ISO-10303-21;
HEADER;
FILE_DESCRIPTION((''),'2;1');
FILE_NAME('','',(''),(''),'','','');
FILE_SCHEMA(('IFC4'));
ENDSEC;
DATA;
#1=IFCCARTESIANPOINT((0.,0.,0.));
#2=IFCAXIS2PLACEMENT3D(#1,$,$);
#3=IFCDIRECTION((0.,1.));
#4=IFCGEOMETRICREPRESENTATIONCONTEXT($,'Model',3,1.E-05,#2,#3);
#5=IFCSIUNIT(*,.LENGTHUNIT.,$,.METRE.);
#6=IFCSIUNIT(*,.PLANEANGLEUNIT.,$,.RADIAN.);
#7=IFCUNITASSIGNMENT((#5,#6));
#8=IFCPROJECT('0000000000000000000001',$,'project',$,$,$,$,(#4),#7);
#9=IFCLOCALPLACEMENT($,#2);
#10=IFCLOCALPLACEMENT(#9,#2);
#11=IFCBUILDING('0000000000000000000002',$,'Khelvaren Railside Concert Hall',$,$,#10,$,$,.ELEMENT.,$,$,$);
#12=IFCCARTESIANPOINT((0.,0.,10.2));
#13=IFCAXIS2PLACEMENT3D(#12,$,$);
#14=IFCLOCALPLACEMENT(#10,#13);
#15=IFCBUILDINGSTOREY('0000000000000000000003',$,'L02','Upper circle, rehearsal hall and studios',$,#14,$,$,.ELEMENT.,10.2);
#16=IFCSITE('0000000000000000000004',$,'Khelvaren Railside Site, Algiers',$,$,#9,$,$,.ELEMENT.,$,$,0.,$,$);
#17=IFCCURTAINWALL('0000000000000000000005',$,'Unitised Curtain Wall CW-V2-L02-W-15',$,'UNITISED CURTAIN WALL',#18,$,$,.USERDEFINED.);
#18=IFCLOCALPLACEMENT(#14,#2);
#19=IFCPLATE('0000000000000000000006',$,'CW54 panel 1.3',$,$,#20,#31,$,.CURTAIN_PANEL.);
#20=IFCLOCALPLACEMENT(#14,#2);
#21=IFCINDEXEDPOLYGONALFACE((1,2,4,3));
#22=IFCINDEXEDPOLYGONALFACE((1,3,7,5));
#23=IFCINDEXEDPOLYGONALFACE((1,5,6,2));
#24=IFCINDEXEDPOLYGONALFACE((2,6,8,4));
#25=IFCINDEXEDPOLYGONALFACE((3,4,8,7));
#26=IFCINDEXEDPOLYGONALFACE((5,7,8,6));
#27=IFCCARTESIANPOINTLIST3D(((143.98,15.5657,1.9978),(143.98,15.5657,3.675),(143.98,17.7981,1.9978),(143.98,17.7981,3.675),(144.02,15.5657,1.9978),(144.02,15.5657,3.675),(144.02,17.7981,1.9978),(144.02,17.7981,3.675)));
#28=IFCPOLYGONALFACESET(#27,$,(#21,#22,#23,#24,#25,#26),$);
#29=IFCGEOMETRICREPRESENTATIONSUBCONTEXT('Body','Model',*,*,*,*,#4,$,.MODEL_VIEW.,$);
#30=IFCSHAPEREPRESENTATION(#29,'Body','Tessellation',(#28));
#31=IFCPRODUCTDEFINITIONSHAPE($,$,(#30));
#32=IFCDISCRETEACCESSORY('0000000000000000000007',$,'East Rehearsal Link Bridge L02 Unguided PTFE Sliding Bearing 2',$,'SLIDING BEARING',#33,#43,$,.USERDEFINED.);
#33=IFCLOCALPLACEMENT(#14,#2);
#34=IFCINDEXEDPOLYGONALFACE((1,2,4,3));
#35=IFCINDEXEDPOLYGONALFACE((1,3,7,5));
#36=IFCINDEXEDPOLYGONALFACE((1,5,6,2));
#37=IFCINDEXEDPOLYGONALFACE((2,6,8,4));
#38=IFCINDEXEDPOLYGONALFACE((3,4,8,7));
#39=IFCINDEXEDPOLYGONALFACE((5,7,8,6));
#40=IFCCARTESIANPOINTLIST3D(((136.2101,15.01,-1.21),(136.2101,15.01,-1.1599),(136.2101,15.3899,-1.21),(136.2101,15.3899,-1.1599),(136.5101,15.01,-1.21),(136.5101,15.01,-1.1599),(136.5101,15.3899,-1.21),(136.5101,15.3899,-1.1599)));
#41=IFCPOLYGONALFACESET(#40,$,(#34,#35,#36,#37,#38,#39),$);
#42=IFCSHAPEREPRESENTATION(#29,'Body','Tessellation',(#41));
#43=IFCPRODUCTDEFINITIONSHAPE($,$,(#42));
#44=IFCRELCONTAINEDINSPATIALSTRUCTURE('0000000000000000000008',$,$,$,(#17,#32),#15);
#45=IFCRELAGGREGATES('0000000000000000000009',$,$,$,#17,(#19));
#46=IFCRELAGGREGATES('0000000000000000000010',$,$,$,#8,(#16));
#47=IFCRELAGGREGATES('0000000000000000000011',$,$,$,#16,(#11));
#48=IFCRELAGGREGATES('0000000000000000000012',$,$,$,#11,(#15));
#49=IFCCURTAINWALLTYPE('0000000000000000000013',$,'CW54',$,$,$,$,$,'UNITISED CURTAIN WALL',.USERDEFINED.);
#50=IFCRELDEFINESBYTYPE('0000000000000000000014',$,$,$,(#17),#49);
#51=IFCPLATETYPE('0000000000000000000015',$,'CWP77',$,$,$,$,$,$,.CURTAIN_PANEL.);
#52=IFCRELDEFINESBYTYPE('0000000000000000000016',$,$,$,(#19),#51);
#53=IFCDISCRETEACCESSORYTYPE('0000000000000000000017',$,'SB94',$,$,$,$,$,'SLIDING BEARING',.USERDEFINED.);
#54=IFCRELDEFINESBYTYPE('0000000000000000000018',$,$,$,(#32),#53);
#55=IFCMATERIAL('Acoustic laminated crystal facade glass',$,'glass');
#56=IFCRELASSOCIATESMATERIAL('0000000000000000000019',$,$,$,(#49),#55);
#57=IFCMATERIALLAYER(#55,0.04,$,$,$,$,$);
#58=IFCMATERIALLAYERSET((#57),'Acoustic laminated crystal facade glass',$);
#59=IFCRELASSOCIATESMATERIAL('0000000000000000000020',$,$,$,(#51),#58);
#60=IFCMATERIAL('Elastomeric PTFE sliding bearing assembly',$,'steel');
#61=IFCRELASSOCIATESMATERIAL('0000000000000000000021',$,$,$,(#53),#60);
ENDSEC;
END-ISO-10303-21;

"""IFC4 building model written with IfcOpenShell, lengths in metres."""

from ifc_helpers import new_model, si_unit, direction, frame, origin, origin_2d, place, context, subcontext, project, spatial, rectangle, extrude, material, layer, layer_set, type_object, element, aggregate, save


model = new_model("IFC4")

# Units and contexts
model_context = context("Model", 3, precision=1e-05, world=origin(), true_north=direction((0.0, 1.0)))
body_context = subcontext(model_context, "Body", "Model", "MODEL_VIEW")
ifc_project = project(units=[si_unit("LENGTHUNIT", "METRE"), si_unit("PLANEANGLEUNIT", "RADIAN")], contexts=[model_context])

# Site, building, storey
site_placement = place(None, origin())
site = spatial("IfcSite", under=ifc_project, at=site_placement, Name="Khelvaren Railside Site, Algiers", CompositionType="ELEMENT", RefElevation=0.0)
building_placement = place(site_placement, origin())
building = spatial("IfcBuilding", under=site, at=building_placement, Name="Khelvaren Railside Concert Hall", CompositionType="ELEMENT")
storey_placement = place(building_placement, frame((0.0, 0.0, 10.2)))
storey = spatial("IfcBuildingStorey", under=building, at=storey_placement, Name="L02", Description="Upper circle, rehearsal hall and studios", CompositionType="ELEMENT", Elevation=10.2)

# Curtain wall
ifc_material_1 = material(Name="Acoustic laminated crystal facade glass", Category="glass")
curtain_wall_type_1 = type_object("IfcCurtainWallType", Name="CW54", ElementType="UNITISED CURTAIN WALL", PredefinedType="USERDEFINED", material=ifc_material_1)
curtain_wall_1_placement = place(storey_placement, origin())
curtain_wall_1 = element("IfcCurtainWall", 1, at=curtain_wall_1_placement, inside=storey, type_object=curtain_wall_type_1, Name="Unitised Curtain Wall CW-V2-L02-W-15", ObjectType="UNITISED CURTAIN WALL", PredefinedType="USERDEFINED")

# Plate
ifc_layer_1 = layer(ifc_material_1, 0.04)
ifc_layer_set_1 = layer_set([ifc_layer_1], Name="Acoustic laminated crystal facade glass")
plate_type_1 = type_object("IfcPlateType", Name="CWP77", PredefinedType="CURTAIN_PANEL", material=ifc_layer_set_1)
plate_1_placement = place(storey_placement, frame((144.0, 16.6819, 1.9978), z_axis=(0.0, 0.0, 1.0), x_axis=(0.0, 1.0, 0.0)))
plate_1 = element("IfcPlate", 2, at=plate_1_placement, type_object=plate_type_1, Name="CW54 panel 1.3", PredefinedType="CURTAIN_PANEL", context=body_context, shape_type="SweptSolid", body=[
    extrude(rectangle(XDim=2.2324, YDim=0.04, at=origin_2d()), origin(), (0.0, 0.0, 1.0), 1.6772),
])
aggregate(curtain_wall_1, [plate_1])

# Discrete accessory
ifc_material_2 = material(Name="Elastomeric PTFE sliding bearing assembly", Category="steel")
discrete_accessory_type = type_object("IfcDiscreteAccessoryType", Name="SB94", ElementType="SLIDING BEARING", PredefinedType="USERDEFINED", material=ifc_material_2)
discrete_accessory_placement = place(storey_placement, frame((136.3601, 15.2, -1.21), z_axis=(0.0, 0.0, 1.0), x_axis=(1.0, 0.0, 0.0)))
element("IfcDiscreteAccessory", 3, at=discrete_accessory_placement, inside=storey, type_object=discrete_accessory_type, Name="East Rehearsal Link Bridge L02 Unguided PTFE Sliding Bearing 2", ObjectType="SLIDING BEARING", PredefinedType="USERDEFINED", context=body_context, shape_type="SweptSolid", body=[
    extrude(rectangle(XDim=0.3, YDim=0.3799, at=origin_2d()), origin(), (0.0, 0.0, 1.0), 0.05),
])

save(model, "model.ifc")
